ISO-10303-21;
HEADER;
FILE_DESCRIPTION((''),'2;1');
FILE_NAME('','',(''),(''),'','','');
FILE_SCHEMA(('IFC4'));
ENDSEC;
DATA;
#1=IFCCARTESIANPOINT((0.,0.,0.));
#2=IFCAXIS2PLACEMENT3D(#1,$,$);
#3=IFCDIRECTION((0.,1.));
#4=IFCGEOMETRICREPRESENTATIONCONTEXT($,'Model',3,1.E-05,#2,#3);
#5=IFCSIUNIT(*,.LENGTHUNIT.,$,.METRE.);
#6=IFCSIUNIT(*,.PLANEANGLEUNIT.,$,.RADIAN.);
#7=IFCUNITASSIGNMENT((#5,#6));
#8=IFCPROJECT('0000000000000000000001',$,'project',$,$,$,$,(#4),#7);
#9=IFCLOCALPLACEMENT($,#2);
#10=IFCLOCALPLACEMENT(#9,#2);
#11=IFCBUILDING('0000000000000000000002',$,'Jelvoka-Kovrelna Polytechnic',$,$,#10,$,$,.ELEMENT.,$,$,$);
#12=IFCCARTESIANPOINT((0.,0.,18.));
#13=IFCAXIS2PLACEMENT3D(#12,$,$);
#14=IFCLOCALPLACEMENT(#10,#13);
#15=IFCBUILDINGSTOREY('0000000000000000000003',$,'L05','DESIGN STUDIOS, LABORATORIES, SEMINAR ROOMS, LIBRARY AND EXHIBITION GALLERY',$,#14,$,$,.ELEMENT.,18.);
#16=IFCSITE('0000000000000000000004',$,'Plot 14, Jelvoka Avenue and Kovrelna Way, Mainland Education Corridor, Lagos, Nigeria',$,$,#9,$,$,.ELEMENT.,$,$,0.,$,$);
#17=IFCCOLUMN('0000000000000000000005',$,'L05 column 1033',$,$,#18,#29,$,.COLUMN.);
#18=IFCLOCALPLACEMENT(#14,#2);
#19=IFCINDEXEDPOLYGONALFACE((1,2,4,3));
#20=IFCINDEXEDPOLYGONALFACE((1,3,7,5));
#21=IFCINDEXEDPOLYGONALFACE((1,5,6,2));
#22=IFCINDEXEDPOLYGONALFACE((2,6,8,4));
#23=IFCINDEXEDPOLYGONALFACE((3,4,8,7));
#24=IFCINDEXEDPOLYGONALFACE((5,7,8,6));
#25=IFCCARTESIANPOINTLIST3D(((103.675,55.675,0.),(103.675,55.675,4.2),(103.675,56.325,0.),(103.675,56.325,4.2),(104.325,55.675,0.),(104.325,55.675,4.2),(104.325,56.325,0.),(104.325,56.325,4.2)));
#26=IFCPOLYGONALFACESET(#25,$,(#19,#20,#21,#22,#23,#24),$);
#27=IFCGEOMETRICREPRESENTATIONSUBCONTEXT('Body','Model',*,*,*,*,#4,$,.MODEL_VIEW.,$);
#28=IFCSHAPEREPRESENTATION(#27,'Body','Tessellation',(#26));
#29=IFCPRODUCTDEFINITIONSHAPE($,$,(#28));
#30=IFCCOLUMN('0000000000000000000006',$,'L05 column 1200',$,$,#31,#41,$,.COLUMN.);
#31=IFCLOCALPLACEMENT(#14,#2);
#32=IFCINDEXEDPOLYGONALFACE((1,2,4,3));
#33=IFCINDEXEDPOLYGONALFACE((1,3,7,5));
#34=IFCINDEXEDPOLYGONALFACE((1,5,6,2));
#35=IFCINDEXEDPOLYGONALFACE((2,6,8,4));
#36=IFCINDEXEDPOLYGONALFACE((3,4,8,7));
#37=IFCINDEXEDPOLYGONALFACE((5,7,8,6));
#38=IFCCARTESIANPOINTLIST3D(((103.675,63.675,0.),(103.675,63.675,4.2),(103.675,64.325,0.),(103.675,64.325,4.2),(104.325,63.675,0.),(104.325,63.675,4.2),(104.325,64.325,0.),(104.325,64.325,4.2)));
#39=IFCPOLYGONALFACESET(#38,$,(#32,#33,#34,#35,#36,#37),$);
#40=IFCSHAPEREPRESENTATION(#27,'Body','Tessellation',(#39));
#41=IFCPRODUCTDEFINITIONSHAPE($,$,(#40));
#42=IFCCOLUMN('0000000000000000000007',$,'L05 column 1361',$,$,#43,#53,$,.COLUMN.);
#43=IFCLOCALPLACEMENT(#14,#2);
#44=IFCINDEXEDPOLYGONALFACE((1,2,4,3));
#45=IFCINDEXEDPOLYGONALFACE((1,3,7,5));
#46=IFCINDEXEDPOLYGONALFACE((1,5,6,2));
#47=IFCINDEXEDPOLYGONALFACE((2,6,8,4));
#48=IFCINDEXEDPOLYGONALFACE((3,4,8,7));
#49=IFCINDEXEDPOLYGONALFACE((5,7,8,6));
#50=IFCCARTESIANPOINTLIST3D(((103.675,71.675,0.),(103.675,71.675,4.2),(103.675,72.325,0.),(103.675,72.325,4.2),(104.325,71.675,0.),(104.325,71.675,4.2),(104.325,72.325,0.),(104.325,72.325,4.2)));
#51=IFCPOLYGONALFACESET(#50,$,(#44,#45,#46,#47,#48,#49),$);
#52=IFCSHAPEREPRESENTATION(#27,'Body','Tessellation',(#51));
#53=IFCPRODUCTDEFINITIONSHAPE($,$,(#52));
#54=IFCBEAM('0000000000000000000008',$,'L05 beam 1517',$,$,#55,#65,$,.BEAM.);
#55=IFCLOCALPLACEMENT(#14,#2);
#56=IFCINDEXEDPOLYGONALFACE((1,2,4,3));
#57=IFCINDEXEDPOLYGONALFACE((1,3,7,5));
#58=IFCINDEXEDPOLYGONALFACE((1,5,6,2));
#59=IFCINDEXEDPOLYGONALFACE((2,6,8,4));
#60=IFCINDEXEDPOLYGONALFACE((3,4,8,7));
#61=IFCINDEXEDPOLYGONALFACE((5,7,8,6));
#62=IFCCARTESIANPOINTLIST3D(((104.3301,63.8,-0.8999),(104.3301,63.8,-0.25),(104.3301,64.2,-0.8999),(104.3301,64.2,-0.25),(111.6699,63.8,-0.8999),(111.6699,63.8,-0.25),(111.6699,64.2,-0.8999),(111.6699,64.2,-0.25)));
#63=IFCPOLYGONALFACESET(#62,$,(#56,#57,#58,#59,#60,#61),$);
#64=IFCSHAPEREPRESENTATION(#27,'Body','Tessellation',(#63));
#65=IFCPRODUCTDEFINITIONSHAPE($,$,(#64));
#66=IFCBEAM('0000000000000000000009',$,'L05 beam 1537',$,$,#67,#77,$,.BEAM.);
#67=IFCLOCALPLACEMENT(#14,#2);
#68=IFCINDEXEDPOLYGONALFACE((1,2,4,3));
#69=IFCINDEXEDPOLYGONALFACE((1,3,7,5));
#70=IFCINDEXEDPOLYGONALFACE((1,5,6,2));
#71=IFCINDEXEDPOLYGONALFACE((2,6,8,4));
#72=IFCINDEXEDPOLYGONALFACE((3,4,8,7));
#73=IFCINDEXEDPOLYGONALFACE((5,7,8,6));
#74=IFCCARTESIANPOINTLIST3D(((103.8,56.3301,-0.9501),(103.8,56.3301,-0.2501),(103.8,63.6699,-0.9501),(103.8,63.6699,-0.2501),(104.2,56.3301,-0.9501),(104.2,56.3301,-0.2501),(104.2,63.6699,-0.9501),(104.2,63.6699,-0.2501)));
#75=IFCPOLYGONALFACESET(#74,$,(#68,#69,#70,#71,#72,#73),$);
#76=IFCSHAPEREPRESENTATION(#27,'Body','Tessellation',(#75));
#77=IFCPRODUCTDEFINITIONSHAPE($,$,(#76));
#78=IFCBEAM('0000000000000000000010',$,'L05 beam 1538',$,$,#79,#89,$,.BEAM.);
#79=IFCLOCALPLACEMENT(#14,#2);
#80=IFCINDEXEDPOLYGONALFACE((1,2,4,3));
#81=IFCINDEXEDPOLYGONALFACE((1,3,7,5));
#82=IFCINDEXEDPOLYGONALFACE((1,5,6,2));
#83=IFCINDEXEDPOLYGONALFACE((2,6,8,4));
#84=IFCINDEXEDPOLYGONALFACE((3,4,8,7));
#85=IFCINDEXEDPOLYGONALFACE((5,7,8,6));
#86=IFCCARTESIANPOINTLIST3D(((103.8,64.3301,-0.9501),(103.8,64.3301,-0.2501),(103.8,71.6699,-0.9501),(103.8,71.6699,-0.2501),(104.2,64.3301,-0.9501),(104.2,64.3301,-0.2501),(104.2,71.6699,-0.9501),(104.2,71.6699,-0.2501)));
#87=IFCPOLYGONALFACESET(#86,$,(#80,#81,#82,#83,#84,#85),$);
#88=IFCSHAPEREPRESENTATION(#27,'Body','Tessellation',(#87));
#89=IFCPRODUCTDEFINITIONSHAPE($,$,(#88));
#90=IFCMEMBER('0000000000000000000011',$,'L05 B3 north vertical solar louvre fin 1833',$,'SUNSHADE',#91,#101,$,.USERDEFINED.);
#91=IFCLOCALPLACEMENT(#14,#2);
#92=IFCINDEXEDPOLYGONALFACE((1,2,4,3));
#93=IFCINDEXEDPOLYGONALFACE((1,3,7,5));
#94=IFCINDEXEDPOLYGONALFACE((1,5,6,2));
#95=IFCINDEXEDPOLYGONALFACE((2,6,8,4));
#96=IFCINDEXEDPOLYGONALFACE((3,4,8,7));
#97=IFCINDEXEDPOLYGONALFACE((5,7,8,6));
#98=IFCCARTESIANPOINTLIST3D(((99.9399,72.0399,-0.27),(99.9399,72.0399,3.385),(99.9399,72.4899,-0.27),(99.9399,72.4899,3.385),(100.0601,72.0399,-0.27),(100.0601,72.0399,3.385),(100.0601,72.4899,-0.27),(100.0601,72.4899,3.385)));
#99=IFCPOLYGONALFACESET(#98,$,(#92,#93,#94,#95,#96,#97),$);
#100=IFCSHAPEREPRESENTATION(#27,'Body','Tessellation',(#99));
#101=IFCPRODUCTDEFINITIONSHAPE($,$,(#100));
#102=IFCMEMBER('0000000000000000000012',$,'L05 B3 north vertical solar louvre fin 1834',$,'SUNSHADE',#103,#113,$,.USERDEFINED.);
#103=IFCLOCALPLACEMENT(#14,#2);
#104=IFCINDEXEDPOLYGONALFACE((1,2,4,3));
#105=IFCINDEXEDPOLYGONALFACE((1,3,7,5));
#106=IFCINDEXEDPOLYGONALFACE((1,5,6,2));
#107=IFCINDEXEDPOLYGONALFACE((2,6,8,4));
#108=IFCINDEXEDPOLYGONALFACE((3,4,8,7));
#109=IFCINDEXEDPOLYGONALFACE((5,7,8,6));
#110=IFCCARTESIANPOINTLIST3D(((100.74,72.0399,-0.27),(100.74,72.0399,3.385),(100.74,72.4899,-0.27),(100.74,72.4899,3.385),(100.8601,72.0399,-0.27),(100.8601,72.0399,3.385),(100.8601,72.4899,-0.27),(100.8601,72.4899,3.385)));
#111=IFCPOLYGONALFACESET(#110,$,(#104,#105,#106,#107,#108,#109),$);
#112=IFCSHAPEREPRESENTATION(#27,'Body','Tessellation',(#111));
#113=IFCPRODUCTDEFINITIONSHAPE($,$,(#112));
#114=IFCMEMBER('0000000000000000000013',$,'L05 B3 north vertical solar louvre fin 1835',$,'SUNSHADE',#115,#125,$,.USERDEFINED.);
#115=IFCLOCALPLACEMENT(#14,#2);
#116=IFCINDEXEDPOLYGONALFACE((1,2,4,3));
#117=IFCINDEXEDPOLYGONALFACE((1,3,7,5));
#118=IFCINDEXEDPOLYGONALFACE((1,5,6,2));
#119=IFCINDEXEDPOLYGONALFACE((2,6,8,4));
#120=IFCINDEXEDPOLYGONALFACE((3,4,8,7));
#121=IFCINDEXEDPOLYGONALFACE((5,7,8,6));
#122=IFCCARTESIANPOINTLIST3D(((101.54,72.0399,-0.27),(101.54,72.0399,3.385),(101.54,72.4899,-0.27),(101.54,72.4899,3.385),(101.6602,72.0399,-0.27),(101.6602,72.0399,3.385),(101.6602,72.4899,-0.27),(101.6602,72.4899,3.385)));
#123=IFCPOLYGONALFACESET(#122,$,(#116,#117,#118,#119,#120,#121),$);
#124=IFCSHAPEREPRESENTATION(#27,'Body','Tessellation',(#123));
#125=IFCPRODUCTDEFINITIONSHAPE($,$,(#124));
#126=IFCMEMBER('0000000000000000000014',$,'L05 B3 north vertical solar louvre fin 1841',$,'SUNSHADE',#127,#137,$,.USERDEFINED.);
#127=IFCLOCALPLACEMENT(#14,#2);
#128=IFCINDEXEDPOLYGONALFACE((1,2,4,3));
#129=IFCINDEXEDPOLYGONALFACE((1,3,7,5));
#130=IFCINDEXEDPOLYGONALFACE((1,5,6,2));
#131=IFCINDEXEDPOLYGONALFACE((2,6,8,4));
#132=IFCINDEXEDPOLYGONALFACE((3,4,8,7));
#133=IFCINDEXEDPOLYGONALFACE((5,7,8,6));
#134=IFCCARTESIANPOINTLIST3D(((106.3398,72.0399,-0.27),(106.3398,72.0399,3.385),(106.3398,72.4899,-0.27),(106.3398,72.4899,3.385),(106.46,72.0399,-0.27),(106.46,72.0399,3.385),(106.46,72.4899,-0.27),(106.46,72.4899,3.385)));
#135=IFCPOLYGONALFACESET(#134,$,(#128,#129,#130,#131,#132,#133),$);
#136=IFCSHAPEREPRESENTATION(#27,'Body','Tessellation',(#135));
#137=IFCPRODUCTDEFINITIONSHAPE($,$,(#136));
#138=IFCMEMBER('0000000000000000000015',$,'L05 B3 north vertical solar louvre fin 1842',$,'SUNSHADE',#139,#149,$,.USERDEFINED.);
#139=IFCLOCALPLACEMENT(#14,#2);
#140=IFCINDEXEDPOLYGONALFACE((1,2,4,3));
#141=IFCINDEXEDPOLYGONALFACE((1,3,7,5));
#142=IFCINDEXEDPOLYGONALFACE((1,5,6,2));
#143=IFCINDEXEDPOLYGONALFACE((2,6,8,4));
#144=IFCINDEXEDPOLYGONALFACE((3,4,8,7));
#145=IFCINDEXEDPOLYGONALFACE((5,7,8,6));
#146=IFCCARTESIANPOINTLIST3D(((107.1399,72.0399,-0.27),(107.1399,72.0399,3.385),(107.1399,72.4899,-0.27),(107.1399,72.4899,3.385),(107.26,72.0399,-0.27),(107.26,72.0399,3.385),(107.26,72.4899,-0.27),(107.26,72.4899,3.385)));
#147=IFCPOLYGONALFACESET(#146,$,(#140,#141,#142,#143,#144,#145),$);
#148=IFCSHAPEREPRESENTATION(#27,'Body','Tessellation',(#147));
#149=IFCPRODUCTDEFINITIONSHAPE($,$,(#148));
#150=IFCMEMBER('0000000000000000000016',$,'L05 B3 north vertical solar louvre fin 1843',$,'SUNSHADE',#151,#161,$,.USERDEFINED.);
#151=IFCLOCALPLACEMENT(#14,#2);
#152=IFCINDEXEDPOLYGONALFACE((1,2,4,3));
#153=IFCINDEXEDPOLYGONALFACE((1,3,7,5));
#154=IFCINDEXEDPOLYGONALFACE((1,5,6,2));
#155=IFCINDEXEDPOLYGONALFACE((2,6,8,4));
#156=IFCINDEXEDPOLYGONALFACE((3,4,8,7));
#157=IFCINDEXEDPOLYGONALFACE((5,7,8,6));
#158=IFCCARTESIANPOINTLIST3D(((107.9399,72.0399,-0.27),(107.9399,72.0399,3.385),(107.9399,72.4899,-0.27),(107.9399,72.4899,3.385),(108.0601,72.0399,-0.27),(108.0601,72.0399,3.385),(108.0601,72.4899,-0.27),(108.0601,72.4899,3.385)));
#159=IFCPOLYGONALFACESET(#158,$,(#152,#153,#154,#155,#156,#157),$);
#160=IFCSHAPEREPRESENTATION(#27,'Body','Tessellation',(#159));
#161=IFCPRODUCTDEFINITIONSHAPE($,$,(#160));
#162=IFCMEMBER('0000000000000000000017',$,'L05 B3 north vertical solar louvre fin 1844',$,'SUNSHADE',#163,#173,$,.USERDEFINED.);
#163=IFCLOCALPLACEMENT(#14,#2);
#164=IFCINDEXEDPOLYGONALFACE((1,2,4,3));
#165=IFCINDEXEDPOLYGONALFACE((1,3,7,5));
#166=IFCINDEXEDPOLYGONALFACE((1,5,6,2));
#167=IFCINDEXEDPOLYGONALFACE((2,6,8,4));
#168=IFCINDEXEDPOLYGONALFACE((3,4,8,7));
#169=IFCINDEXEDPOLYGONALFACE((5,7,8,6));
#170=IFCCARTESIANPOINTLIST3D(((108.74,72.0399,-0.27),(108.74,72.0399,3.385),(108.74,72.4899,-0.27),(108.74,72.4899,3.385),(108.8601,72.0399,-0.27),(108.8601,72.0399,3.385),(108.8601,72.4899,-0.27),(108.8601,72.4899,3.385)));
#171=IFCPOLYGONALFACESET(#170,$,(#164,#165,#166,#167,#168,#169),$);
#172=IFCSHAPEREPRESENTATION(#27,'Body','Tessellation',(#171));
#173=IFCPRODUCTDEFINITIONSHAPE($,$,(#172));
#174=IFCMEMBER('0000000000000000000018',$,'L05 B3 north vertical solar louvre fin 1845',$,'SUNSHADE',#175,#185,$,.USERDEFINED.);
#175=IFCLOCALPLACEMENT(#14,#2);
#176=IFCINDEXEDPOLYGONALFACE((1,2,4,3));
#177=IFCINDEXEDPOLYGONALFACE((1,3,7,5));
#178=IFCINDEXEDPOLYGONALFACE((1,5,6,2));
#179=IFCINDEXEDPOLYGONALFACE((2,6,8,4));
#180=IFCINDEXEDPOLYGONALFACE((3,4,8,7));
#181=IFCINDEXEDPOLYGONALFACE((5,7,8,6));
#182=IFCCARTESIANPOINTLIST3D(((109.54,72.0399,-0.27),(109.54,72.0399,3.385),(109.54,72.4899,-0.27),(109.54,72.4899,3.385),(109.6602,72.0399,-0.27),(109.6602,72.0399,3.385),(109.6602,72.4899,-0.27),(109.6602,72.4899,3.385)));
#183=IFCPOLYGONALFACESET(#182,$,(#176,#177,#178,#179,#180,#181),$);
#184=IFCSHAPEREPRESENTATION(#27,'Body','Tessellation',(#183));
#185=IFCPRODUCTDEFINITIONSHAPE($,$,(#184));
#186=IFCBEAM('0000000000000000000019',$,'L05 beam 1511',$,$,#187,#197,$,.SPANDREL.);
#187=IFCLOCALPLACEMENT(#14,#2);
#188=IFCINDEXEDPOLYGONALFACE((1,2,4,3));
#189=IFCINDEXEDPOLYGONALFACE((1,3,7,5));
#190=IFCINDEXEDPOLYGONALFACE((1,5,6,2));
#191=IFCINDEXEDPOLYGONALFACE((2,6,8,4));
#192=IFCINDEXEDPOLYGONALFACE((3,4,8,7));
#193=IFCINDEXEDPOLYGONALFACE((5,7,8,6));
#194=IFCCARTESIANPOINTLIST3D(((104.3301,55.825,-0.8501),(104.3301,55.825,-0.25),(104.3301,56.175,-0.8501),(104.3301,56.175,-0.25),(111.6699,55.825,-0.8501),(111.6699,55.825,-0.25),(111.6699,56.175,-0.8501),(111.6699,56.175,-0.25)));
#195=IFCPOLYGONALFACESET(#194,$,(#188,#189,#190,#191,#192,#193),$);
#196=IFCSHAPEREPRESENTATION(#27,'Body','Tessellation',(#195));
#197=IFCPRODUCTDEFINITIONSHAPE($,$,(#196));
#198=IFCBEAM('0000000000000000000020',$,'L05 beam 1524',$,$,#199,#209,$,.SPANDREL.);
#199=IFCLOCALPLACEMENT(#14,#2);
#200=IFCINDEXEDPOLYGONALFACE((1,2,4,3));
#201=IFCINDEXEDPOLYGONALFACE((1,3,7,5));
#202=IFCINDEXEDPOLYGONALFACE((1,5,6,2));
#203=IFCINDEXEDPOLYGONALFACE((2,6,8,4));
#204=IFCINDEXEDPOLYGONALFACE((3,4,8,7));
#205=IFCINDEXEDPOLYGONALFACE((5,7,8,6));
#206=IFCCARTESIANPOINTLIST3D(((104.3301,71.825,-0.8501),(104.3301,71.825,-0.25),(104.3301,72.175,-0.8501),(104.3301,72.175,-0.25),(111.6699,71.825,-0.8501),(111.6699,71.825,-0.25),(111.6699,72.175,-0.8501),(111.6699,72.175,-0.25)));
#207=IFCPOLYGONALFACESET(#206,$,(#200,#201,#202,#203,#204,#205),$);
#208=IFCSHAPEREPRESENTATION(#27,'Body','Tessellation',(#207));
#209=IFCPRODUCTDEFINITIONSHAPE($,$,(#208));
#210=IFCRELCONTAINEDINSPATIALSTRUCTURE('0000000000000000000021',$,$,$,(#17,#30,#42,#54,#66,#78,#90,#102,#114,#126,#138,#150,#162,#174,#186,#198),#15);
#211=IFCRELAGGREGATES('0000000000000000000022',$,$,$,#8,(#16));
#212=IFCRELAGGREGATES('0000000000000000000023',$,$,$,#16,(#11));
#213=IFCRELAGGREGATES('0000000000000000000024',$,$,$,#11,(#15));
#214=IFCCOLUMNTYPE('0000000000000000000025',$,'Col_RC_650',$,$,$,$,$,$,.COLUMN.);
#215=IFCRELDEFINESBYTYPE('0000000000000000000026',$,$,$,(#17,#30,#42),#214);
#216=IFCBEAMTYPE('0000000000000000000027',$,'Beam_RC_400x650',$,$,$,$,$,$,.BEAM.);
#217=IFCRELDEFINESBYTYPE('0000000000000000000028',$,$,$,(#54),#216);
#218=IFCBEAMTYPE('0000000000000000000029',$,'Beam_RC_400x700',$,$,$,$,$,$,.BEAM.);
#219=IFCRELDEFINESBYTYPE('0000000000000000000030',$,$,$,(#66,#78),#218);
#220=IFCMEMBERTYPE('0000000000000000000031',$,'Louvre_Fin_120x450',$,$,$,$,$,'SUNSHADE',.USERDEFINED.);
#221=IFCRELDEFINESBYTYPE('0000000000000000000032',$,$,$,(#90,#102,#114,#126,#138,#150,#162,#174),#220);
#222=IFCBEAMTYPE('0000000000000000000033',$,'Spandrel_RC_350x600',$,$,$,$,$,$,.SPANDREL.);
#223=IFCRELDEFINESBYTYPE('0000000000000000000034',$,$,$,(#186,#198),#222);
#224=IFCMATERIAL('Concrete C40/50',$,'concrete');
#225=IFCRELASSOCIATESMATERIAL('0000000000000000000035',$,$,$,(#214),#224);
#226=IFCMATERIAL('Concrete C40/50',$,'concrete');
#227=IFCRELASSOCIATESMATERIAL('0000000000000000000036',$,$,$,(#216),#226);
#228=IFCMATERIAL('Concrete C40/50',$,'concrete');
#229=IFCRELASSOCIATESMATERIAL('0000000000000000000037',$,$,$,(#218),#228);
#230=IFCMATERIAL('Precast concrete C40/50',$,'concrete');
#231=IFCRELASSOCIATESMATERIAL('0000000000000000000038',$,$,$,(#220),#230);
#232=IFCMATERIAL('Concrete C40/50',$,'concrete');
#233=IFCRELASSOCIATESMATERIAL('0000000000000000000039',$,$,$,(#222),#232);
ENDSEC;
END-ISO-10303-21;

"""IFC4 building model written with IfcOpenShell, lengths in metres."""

from ifc_helpers import new_model, si_unit, direction, frame, origin, origin_2d, place, context, subcontext, project, spatial, rectangle, extrude, material, material_profile, profile_set, type_object, element, save


model = new_model("IFC4")

# Units and contexts
model_context = context("Model", 3, precision=1e-05, world=origin(), true_north=direction((0.0, 1.0)))
body_context = subcontext(model_context, "Body", "Model", "MODEL_VIEW")
ifc_project = project(units=[si_unit("LENGTHUNIT", "METRE"), si_unit("PLANEANGLEUNIT", "RADIAN")], contexts=[model_context])

# Site, building, storey
site_placement = place(None, origin())
site = spatial("IfcSite", under=ifc_project, at=site_placement, Name="Plot 14, Jelvoka Avenue and Kovrelna Way, Mainland Education Corridor, Lagos, Nigeria", CompositionType="ELEMENT", RefElevation=0.0)
building_placement = place(site_placement, origin())
building = spatial("IfcBuilding", under=site, at=building_placement, Name="Jelvoka-Kovrelna Polytechnic", CompositionType="ELEMENT")
storey_placement = place(building_placement, frame((0.0, 0.0, 18.0)))
storey = spatial("IfcBuildingStorey", under=building, at=storey_placement, Name="L05", Description="DESIGN STUDIOS, LABORATORIES, SEMINAR ROOMS, LIBRARY AND EXHIBITION GALLERY", CompositionType="ELEMENT", Elevation=18.0)

# Columns
ifc_material_1 = material(Name="Concrete C40/50", Category="concrete")
ifc_material_profile_1 = material_profile(ifc_material_1, rectangle(XDim=0.6499, YDim=0.6499, at=origin_2d()), Name="RC 650x650")
ifc_profile_set_1 = profile_set([ifc_material_profile_1], Name="Concrete C40/50")
column_type = type_object("IfcColumnType", Name="Col_RC_650", PredefinedType="COLUMN", material=ifc_profile_set_1)
for number, where, z_axis, x_axis, name in (
    (1, (104.0, 56.0, 0.0), (0.0, 0.0, 1.0), (1.0, 0.0, 0.0), "L05 column 1033"),
    (2, (104.0, 64.0, 0.0), (0.0, 0.0, 1.0), (1.0, 0.0, 0.0), "L05 column 1200"),
    (3, (104.0, 72.0, 0.0), (0.0, 0.0, 1.0), (1.0, 0.0, 0.0), "L05 column 1361"),
):
    element("IfcColumn", number, at=place(storey_placement, frame(where, z_axis=z_axis, x_axis=x_axis)), inside=storey, type_object=column_type, Name=name, PredefinedType="COLUMN", context=body_context, shape_type="SweptSolid", body=[
        extrude(rectangle(XDim=0.6499, YDim=0.6499, at=origin_2d()), origin(), (0.0, 0.0, 1.0), 4.2),
    ])

# Beams
ifc_material_2 = material(Name="Concrete C40/50", Category="concrete")
ifc_material_profile_2 = material_profile(ifc_material_2, rectangle(XDim=0.3999, YDim=0.6499, at=origin_2d()), Name="RC 400x650")
ifc_profile_set_2 = profile_set([ifc_material_profile_2], Name="Concrete C40/50")
beam_type_1 = type_object("IfcBeamType", Name="Beam_RC_400x650", PredefinedType="BEAM", material=ifc_profile_set_2)
beam_placement = place(storey_placement, frame((104.3301, 64.0, -0.575), z_axis=(1.0, 0.0, 0.0), x_axis=(0.0, 1.0, 0.0)))
element("IfcBeam", 4, at=beam_placement, inside=storey, type_object=beam_type_1, Name="L05 beam 1517", PredefinedType="BEAM", context=body_context, shape_type="SweptSolid", body=[
    extrude(rectangle(XDim=0.3999, YDim=0.6499, at=origin_2d()), origin(), (0.0, 0.0, 1.0), 7.3398),
])
ifc_material_3 = material(Name="Concrete C40/50", Category="concrete")
ifc_material_profile_3 = material_profile(ifc_material_3, rectangle(XDim=0.3999, YDim=0.7, at=origin_2d()), Name="RC 400x700")
ifc_profile_set_3 = profile_set([ifc_material_profile_3], Name="Concrete C40/50")
beam_type_2 = type_object("IfcBeamType", Name="Beam_RC_400x700", PredefinedType="BEAM", material=ifc_profile_set_3)
for number, where, z_axis, x_axis, name in (
    (5, (104.0, 56.3301, -0.6001), (0.0, 1.0, 0.0), (-1.0, 0.0, 0.0), "L05 beam 1537"),
    (6, (104.0, 64.3301, -0.6001), (0.0, 1.0, 0.0), (-1.0, 0.0, 0.0), "L05 beam 1538"),
):
    element("IfcBeam", number, at=place(storey_placement, frame(where, z_axis=z_axis, x_axis=x_axis)), inside=storey, type_object=beam_type_2, Name=name, PredefinedType="BEAM", context=body_context, shape_type="SweptSolid", body=[
        extrude(rectangle(XDim=0.3999, YDim=0.7, at=origin_2d()), origin(), (0.0, 0.0, 1.0), 7.3398),
    ])

# Members
ifc_material_4 = material(Name="Precast concrete C40/50", Category="concrete")
ifc_material_profile_4 = material_profile(ifc_material_4, rectangle(XDim=0.1201, YDim=0.45, at=origin_2d()), Name="PC 120x450")
ifc_profile_set_4 = profile_set([ifc_material_profile_4], Name="Precast concrete C40/50")
member_type = type_object("IfcMemberType", Name="Louvre_Fin_120x450", ElementType="SUNSHADE", PredefinedType="USERDEFINED", material=ifc_profile_set_4)
for number, where, z_axis, x_axis, name in (
    (7, (100.0, 72.2649, -0.27), (0.0, 0.0, 1.0), (1.0, 0.0, 0.0), "L05 B3 north vertical solar louvre fin 1833"),
    (8, (100.8, 72.2649, -0.27), (0.0, 0.0, 1.0), (1.0, 0.0, 0.0), "L05 B3 north vertical solar louvre fin 1834"),
    (9, (101.6001, 72.2649, -0.27), (0.0, 0.0, 1.0), (1.0, 0.0, 0.0), "L05 B3 north vertical solar louvre fin 1835"),
    (10, (106.3999, 72.2649, -0.27), (0.0, 0.0, 1.0), (1.0, 0.0, 0.0), "L05 B3 north vertical solar louvre fin 1841"),
    (11, (107.2, 72.2649, -0.27), (0.0, 0.0, 1.0), (1.0, 0.0, 0.0), "L05 B3 north vertical solar louvre fin 1842"),
    (12, (108.0, 72.2649, -0.27), (0.0, 0.0, 1.0), (1.0, 0.0, 0.0), "L05 B3 north vertical solar louvre fin 1843"),
    (13, (108.8, 72.2649, -0.27), (0.0, 0.0, 1.0), (1.0, 0.0, 0.0), "L05 B3 north vertical solar louvre fin 1844"),
    (14, (109.6001, 72.2649, -0.27), (0.0, 0.0, 1.0), (1.0, 0.0, 0.0), "L05 B3 north vertical solar louvre fin 1845"),
):
    element("IfcMember", number, at=place(storey_placement, frame(where, z_axis=z_axis, x_axis=x_axis)), inside=storey, type_object=member_type, Name=name, ObjectType="SUNSHADE", PredefinedType="USERDEFINED", context=body_context, shape_type="SweptSolid", body=[
        extrude(rectangle(XDim=0.1201, YDim=0.45, at=origin_2d()), origin(), (0.0, 0.0, 1.0), 3.655),
    ])

# Beams
ifc_material_5 = material(Name="Concrete C40/50", Category="concrete")
ifc_material_profile_5 = material_profile(ifc_material_5, rectangle(XDim=0.3501, YDim=0.6001, at=origin_2d()), Name="RC 350x600")
ifc_profile_set_5 = profile_set([ifc_material_profile_5], Name="Concrete C40/50")
beam_type_3 = type_object("IfcBeamType", Name="Spandrel_RC_350x600", PredefinedType="SPANDREL", material=ifc_profile_set_5)
for number, where, z_axis, x_axis, name in (
    (15, (104.3301, 56.0, -0.55), (1.0, 0.0, 0.0), (0.0, 1.0, 0.0), "L05 beam 1511"),
    (16, (104.3301, 72.0, -0.55), (1.0, 0.0, 0.0), (0.0, 1.0, 0.0), "L05 beam 1524"),
):
    element("IfcBeam", number, at=place(storey_placement, frame(where, z_axis=z_axis, x_axis=x_axis)), inside=storey, type_object=beam_type_3, Name=name, PredefinedType="SPANDREL", context=body_context, shape_type="SweptSolid", body=[
        extrude(rectangle(XDim=0.3501, YDim=0.6001, at=origin_2d()), origin(), (0.0, 0.0, 1.0), 7.3398),
    ])

save(model, "model.ifc")
